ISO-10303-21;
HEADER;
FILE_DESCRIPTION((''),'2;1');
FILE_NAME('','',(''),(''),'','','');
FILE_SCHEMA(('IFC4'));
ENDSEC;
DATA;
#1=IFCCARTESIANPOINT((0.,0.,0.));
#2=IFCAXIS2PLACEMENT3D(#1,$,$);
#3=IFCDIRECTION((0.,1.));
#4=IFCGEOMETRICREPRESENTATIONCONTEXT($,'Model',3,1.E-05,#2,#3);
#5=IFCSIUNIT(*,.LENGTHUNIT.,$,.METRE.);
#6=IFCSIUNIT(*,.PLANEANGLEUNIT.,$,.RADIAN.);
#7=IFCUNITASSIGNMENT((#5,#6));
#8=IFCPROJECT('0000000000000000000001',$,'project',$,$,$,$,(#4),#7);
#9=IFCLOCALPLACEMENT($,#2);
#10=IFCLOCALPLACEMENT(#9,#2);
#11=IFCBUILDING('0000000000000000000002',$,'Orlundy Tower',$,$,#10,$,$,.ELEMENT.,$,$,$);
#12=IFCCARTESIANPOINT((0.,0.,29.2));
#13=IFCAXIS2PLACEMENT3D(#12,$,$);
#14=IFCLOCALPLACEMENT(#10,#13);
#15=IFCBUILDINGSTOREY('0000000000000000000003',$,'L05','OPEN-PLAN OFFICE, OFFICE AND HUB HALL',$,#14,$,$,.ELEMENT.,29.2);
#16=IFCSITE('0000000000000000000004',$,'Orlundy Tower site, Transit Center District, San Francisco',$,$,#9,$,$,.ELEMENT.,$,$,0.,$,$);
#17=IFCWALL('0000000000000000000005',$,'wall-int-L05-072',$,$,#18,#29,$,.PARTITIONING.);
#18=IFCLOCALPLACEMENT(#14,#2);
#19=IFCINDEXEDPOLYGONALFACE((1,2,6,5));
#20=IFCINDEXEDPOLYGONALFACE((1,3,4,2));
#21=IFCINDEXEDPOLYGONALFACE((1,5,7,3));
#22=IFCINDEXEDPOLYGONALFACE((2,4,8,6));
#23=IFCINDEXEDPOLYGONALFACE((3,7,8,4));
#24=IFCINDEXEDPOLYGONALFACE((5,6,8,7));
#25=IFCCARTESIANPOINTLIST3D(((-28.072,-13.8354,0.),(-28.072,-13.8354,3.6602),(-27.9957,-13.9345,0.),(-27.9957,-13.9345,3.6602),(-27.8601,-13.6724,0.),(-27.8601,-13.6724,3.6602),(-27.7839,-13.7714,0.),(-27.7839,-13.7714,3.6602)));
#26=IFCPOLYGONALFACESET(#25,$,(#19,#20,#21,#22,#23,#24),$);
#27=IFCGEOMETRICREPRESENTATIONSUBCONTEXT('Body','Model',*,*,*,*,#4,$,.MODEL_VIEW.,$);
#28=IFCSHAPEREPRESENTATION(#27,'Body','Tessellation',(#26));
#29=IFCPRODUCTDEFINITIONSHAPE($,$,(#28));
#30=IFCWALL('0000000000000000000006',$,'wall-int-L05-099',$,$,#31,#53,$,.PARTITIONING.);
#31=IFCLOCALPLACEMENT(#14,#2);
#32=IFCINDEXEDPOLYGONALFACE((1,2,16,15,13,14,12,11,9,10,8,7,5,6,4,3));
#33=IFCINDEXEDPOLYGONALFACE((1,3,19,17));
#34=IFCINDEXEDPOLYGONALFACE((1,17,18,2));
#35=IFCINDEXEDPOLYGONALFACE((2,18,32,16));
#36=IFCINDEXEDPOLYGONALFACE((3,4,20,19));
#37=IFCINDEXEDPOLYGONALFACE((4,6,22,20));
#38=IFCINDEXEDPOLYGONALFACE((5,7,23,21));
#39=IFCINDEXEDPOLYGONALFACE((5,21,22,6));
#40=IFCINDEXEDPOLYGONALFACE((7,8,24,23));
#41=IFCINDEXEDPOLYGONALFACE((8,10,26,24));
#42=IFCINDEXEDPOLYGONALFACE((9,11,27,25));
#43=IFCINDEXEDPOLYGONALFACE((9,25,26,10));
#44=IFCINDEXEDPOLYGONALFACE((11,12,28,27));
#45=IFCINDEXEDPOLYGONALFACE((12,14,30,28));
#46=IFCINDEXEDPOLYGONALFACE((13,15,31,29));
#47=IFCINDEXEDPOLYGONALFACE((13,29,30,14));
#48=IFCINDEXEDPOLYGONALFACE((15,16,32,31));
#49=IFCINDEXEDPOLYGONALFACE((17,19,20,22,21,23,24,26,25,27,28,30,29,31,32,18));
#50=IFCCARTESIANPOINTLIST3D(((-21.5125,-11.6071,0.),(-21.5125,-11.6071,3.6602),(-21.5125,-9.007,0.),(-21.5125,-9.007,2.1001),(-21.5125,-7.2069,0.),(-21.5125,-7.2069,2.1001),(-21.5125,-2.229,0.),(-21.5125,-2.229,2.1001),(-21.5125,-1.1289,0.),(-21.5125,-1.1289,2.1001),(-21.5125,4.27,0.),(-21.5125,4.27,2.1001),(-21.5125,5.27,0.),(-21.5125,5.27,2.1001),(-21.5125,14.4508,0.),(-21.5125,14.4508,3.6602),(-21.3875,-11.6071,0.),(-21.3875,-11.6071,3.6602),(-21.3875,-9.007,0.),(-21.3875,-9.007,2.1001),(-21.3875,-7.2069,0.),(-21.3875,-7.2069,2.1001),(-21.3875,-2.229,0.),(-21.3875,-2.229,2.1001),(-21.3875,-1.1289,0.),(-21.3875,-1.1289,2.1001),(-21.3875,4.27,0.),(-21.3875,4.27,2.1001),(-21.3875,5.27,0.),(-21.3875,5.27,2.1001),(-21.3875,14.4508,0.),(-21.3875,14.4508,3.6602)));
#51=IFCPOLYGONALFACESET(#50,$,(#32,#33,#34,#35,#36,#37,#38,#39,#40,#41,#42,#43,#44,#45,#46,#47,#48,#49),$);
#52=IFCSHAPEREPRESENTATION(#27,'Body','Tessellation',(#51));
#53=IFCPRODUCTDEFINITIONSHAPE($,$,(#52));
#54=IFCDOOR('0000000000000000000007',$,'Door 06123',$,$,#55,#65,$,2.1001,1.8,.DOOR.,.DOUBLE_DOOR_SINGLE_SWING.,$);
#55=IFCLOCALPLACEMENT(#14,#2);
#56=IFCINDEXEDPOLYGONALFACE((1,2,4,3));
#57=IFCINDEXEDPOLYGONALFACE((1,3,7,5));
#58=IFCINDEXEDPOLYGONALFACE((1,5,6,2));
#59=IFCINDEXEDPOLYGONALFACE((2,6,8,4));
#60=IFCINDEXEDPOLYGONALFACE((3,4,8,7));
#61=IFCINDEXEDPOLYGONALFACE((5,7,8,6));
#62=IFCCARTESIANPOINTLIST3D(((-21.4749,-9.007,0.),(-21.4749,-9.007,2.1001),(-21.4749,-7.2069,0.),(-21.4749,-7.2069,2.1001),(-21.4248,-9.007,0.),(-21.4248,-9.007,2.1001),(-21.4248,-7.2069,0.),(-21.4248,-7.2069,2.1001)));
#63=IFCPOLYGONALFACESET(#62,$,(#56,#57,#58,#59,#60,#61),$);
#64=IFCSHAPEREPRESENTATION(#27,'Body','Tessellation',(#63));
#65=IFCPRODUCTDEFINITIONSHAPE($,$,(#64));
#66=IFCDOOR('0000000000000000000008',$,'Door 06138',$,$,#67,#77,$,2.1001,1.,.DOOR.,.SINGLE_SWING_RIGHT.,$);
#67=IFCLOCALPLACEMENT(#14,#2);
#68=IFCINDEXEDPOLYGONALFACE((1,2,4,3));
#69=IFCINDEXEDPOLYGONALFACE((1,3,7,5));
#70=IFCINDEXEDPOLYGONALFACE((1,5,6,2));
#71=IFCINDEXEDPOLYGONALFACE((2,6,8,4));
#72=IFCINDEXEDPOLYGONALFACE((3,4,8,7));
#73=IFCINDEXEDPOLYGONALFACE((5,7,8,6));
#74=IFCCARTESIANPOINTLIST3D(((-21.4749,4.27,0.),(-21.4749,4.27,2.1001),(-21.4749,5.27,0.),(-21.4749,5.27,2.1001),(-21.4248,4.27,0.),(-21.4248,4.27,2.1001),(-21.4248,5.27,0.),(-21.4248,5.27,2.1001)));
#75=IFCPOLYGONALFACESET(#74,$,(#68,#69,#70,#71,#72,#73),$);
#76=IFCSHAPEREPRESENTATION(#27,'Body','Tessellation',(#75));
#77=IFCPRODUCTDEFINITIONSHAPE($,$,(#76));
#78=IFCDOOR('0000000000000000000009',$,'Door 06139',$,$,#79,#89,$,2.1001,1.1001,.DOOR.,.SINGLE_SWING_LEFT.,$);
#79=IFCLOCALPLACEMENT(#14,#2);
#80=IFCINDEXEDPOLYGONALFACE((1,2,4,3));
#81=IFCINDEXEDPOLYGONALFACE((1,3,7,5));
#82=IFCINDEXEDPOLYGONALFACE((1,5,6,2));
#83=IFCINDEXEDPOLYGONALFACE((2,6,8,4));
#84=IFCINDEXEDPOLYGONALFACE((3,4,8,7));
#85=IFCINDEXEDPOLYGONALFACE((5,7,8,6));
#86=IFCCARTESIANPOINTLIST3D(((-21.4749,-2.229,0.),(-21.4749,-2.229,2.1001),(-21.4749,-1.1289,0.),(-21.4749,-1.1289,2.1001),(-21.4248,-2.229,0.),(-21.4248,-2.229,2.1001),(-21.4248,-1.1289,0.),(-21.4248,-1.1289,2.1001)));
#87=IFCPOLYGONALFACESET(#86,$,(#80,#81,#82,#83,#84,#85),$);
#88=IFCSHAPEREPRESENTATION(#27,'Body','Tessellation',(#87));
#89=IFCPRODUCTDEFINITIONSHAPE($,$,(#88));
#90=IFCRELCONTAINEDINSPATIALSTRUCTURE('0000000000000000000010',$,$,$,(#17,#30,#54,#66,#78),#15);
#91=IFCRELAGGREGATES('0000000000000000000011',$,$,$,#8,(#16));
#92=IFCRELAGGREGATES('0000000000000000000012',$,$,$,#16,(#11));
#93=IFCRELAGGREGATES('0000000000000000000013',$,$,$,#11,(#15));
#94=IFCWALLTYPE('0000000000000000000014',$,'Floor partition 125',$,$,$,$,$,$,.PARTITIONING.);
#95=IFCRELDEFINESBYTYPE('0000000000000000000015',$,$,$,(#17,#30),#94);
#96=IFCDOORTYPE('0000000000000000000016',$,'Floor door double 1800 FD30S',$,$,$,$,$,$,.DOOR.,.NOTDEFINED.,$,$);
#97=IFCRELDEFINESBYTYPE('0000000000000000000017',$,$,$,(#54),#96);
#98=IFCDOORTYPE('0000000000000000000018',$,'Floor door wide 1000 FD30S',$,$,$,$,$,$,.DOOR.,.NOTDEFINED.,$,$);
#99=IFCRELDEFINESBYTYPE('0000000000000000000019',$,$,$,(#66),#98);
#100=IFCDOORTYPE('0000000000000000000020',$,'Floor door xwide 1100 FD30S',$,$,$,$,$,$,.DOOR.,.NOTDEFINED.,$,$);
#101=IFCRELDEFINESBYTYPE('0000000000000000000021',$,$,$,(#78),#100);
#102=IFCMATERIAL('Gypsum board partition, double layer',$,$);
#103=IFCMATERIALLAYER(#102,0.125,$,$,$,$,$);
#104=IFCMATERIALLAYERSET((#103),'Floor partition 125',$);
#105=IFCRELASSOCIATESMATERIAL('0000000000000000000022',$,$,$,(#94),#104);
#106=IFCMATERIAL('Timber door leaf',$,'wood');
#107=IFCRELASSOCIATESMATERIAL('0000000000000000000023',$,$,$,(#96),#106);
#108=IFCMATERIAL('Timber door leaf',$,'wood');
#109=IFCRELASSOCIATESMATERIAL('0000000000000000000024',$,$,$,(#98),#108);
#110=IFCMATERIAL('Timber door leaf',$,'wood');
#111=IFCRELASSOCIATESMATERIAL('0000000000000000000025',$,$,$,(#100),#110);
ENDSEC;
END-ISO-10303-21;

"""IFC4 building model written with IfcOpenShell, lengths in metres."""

from ifc_helpers import new_model, si_unit, direction, frame, frame_2d, origin, place, context, subcontext, project, spatial, rectangle, extrude, material, layer, layer_set, type_object, element, fill, save


model = new_model("IFC4")

# Units and contexts
model_context = context("Model", 3, precision=1e-05, world=origin(), true_north=direction((0.0, 1.0)))
body_context = subcontext(model_context, "Body", "Model", "MODEL_VIEW")
ifc_project = project(units=[si_unit("LENGTHUNIT", "METRE"), si_unit("PLANEANGLEUNIT", "RADIAN")], contexts=[model_context])

# Site, building, storey
site_placement = place(None, origin())
site = spatial("IfcSite", under=ifc_project, at=site_placement, Name="Orlundy Tower site, Transit Center District, San Francisco", CompositionType="ELEMENT", RefElevation=0.0)
building_placement = place(site_placement, origin())
building = spatial("IfcBuilding", under=site, at=building_placement, Name="Orlundy Tower", CompositionType="ELEMENT")
storey_placement = place(building_placement, frame((0.0, 0.0, 29.2)))
storey = spatial("IfcBuildingStorey", under=building, at=storey_placement, Name="L05", Description="OPEN-PLAN OFFICE, OFFICE AND HUB HALL", CompositionType="ELEMENT", Elevation=29.2)

# Shared definitions
ifc_material_1 = material(Name="Gypsum board partition, double layer")
ifc_layer_1 = layer(ifc_material_1, 0.125)
ifc_layer_set_1 = layer_set([ifc_layer_1], Name="Floor partition 125")
wall_type_1 = type_object("IfcWallType", Name="Floor partition 125", PredefinedType="PARTITIONING", material=ifc_layer_set_1)

# Shared definitions
ifc_material_2 = material(Name="Timber door leaf", Category="wood")
door_type_1 = type_object("IfcDoorType", Name="Floor door double 1800 FD30S", OperationType="NOTDEFINED", PredefinedType="DOOR", material=ifc_material_2)

# Wall
wall_1_placement = place(storey_placement, frame((-28.0339, -13.885, 0.0), z_axis=(0.0, 0.0, 1.0), x_axis=(0.792488, 0.609887, 0.0)))
element("IfcWall", 1, at=wall_1_placement, inside=storey, type_object=wall_type_1, Name="wall-int-L05-072", PredefinedType="PARTITIONING", context=body_context, shape_type="SweptSolid", body=[
    extrude(rectangle(XDim=0.2673, YDim=0.125, at=frame_2d((0.1338, 0.0))), origin(), (0.0, 0.0, 1.0), 3.6602),
])

# Wall, openings, doors
wall_2_placement = place(storey_placement, frame((-21.45, -11.6069, 0.0), z_axis=(0.0, 0.0, 1.0), x_axis=(0.0, 1.0, 0.0)))
wall_2 = element("IfcWall", 2, at=wall_2_placement, inside=storey, type_object=wall_type_1, Name="wall-int-L05-099", PredefinedType="PARTITIONING", context=body_context, shape_type="SweptSolid", body=[
    extrude(rectangle(XDim=26.0579, YDim=0.125, at=frame_2d((13.0288, 0.0))), origin(), (0.0, 0.0, 1.0), 3.6602),
])
opening_1_placement = place(wall_2_placement, frame((2.6001, 0.0, 0.0)))
opening_1 = element("IfcOpeningElement", 3, at=opening_1_placement, cuts=wall_2, PredefinedType="OPENING", context=body_context, shape_type="SweptSolid", body=[
    extrude(rectangle(XDim=1.8, YDim=2.1001, at=frame_2d((0.8999, 1.05))), frame((0.0, 0.0725, 0.0), z_axis=(0.0, -1.0, 0.0), x_axis=(1.0, 0.0, 0.0)), (0.0, 0.0, 1.0), 0.145),
])
opening_2_placement = place(wall_2_placement, frame((15.877, 0.0, 0.0)))
opening_2 = element("IfcOpeningElement", 4, at=opening_2_placement, cuts=wall_2, PredefinedType="OPENING", context=body_context, shape_type="SweptSolid", body=[
    extrude(rectangle(XDim=1.0, YDim=2.1001, at=frame_2d((0.5, 1.05))), frame((0.0, 0.0725, 0.0), z_axis=(0.0, -1.0, 0.0), x_axis=(1.0, 0.0, 0.0)), (0.0, 0.0, 1.0), 0.145),
])
opening_3_placement = place(wall_2_placement, frame((9.3779, 0.0, 0.0)))
opening_3 = element("IfcOpeningElement", 5, at=opening_3_placement, cuts=wall_2, PredefinedType="OPENING", context=body_context, shape_type="SweptSolid", body=[
    extrude(rectangle(XDim=1.1001, YDim=2.1001, at=frame_2d((0.55, 1.05))), frame((0.0, 0.0725, 0.0), z_axis=(0.0, -1.0, 0.0), x_axis=(1.0, 0.0, 0.0)), (0.0, 0.0, 1.0), 0.145),
])
door_1_placement = place(opening_1_placement, origin())
door_1 = element("IfcDoor", 6, at=door_1_placement, inside=storey, type_object=door_type_1, Name="Door 06123", OperationType="DOUBLE_DOOR_SINGLE_SWING", OverallHeight=2.1001, OverallWidth=1.8, PredefinedType="DOOR", context=body_context, shape_type="SweptSolid", body=[
    extrude(rectangle(XDim=1.8, YDim=2.1001, at=frame_2d((0.8999, 1.05))), frame((0.0, 0.0249, 0.0), z_axis=(0.0, -1.0, 0.0), x_axis=(1.0, 0.0, 0.0)), (0.0, 0.0, 1.0), 0.05),
])
fill(opening_1, door_1)
ifc_material_3 = material(Name="Timber door leaf", Category="wood")
door_type_2 = type_object("IfcDoorType", Name="Floor door wide 1000 FD30S", OperationType="NOTDEFINED", PredefinedType="DOOR", material=ifc_material_3)
door_2_placement = place(opening_2_placement, origin())
door_2 = element("IfcDoor", 7, at=door_2_placement, inside=storey, type_object=door_type_2, Name="Door 06138", OperationType="SINGLE_SWING_RIGHT", OverallHeight=2.1001, OverallWidth=1.0, PredefinedType="DOOR", context=body_context, shape_type="SweptSolid", body=[
    extrude(rectangle(XDim=1.0, YDim=2.1001, at=frame_2d((0.5, 1.05))), frame((0.0, 0.0249, 0.0), z_axis=(0.0, -1.0, 0.0), x_axis=(1.0, 0.0, 0.0)), (0.0, 0.0, 1.0), 0.05),
])
fill(opening_2, door_2)
ifc_material_4 = material(Name="Timber door leaf", Category="wood")
door_type_3 = type_object("IfcDoorType", Name="Floor door xwide 1100 FD30S", OperationType="NOTDEFINED", PredefinedType="DOOR", material=ifc_material_4)
door_3_placement = place(opening_3_placement, origin())
door_3 = element("IfcDoor", 8, at=door_3_placement, inside=storey, type_object=door_type_3, Name="Door 06139", OperationType="SINGLE_SWING_LEFT", OverallHeight=2.1001, OverallWidth=1.1001, PredefinedType="DOOR", context=body_context, shape_type="SweptSolid", body=[
    extrude(rectangle(XDim=1.1001, YDim=2.1001, at=frame_2d((0.55, 1.05))), frame((0.0, 0.0249, 0.0), z_axis=(0.0, -1.0, 0.0), x_axis=(1.0, 0.0, 0.0)), (0.0, 0.0, 1.0), 0.05),
])
fill(opening_3, door_3)

save(model, "model.ifc")
